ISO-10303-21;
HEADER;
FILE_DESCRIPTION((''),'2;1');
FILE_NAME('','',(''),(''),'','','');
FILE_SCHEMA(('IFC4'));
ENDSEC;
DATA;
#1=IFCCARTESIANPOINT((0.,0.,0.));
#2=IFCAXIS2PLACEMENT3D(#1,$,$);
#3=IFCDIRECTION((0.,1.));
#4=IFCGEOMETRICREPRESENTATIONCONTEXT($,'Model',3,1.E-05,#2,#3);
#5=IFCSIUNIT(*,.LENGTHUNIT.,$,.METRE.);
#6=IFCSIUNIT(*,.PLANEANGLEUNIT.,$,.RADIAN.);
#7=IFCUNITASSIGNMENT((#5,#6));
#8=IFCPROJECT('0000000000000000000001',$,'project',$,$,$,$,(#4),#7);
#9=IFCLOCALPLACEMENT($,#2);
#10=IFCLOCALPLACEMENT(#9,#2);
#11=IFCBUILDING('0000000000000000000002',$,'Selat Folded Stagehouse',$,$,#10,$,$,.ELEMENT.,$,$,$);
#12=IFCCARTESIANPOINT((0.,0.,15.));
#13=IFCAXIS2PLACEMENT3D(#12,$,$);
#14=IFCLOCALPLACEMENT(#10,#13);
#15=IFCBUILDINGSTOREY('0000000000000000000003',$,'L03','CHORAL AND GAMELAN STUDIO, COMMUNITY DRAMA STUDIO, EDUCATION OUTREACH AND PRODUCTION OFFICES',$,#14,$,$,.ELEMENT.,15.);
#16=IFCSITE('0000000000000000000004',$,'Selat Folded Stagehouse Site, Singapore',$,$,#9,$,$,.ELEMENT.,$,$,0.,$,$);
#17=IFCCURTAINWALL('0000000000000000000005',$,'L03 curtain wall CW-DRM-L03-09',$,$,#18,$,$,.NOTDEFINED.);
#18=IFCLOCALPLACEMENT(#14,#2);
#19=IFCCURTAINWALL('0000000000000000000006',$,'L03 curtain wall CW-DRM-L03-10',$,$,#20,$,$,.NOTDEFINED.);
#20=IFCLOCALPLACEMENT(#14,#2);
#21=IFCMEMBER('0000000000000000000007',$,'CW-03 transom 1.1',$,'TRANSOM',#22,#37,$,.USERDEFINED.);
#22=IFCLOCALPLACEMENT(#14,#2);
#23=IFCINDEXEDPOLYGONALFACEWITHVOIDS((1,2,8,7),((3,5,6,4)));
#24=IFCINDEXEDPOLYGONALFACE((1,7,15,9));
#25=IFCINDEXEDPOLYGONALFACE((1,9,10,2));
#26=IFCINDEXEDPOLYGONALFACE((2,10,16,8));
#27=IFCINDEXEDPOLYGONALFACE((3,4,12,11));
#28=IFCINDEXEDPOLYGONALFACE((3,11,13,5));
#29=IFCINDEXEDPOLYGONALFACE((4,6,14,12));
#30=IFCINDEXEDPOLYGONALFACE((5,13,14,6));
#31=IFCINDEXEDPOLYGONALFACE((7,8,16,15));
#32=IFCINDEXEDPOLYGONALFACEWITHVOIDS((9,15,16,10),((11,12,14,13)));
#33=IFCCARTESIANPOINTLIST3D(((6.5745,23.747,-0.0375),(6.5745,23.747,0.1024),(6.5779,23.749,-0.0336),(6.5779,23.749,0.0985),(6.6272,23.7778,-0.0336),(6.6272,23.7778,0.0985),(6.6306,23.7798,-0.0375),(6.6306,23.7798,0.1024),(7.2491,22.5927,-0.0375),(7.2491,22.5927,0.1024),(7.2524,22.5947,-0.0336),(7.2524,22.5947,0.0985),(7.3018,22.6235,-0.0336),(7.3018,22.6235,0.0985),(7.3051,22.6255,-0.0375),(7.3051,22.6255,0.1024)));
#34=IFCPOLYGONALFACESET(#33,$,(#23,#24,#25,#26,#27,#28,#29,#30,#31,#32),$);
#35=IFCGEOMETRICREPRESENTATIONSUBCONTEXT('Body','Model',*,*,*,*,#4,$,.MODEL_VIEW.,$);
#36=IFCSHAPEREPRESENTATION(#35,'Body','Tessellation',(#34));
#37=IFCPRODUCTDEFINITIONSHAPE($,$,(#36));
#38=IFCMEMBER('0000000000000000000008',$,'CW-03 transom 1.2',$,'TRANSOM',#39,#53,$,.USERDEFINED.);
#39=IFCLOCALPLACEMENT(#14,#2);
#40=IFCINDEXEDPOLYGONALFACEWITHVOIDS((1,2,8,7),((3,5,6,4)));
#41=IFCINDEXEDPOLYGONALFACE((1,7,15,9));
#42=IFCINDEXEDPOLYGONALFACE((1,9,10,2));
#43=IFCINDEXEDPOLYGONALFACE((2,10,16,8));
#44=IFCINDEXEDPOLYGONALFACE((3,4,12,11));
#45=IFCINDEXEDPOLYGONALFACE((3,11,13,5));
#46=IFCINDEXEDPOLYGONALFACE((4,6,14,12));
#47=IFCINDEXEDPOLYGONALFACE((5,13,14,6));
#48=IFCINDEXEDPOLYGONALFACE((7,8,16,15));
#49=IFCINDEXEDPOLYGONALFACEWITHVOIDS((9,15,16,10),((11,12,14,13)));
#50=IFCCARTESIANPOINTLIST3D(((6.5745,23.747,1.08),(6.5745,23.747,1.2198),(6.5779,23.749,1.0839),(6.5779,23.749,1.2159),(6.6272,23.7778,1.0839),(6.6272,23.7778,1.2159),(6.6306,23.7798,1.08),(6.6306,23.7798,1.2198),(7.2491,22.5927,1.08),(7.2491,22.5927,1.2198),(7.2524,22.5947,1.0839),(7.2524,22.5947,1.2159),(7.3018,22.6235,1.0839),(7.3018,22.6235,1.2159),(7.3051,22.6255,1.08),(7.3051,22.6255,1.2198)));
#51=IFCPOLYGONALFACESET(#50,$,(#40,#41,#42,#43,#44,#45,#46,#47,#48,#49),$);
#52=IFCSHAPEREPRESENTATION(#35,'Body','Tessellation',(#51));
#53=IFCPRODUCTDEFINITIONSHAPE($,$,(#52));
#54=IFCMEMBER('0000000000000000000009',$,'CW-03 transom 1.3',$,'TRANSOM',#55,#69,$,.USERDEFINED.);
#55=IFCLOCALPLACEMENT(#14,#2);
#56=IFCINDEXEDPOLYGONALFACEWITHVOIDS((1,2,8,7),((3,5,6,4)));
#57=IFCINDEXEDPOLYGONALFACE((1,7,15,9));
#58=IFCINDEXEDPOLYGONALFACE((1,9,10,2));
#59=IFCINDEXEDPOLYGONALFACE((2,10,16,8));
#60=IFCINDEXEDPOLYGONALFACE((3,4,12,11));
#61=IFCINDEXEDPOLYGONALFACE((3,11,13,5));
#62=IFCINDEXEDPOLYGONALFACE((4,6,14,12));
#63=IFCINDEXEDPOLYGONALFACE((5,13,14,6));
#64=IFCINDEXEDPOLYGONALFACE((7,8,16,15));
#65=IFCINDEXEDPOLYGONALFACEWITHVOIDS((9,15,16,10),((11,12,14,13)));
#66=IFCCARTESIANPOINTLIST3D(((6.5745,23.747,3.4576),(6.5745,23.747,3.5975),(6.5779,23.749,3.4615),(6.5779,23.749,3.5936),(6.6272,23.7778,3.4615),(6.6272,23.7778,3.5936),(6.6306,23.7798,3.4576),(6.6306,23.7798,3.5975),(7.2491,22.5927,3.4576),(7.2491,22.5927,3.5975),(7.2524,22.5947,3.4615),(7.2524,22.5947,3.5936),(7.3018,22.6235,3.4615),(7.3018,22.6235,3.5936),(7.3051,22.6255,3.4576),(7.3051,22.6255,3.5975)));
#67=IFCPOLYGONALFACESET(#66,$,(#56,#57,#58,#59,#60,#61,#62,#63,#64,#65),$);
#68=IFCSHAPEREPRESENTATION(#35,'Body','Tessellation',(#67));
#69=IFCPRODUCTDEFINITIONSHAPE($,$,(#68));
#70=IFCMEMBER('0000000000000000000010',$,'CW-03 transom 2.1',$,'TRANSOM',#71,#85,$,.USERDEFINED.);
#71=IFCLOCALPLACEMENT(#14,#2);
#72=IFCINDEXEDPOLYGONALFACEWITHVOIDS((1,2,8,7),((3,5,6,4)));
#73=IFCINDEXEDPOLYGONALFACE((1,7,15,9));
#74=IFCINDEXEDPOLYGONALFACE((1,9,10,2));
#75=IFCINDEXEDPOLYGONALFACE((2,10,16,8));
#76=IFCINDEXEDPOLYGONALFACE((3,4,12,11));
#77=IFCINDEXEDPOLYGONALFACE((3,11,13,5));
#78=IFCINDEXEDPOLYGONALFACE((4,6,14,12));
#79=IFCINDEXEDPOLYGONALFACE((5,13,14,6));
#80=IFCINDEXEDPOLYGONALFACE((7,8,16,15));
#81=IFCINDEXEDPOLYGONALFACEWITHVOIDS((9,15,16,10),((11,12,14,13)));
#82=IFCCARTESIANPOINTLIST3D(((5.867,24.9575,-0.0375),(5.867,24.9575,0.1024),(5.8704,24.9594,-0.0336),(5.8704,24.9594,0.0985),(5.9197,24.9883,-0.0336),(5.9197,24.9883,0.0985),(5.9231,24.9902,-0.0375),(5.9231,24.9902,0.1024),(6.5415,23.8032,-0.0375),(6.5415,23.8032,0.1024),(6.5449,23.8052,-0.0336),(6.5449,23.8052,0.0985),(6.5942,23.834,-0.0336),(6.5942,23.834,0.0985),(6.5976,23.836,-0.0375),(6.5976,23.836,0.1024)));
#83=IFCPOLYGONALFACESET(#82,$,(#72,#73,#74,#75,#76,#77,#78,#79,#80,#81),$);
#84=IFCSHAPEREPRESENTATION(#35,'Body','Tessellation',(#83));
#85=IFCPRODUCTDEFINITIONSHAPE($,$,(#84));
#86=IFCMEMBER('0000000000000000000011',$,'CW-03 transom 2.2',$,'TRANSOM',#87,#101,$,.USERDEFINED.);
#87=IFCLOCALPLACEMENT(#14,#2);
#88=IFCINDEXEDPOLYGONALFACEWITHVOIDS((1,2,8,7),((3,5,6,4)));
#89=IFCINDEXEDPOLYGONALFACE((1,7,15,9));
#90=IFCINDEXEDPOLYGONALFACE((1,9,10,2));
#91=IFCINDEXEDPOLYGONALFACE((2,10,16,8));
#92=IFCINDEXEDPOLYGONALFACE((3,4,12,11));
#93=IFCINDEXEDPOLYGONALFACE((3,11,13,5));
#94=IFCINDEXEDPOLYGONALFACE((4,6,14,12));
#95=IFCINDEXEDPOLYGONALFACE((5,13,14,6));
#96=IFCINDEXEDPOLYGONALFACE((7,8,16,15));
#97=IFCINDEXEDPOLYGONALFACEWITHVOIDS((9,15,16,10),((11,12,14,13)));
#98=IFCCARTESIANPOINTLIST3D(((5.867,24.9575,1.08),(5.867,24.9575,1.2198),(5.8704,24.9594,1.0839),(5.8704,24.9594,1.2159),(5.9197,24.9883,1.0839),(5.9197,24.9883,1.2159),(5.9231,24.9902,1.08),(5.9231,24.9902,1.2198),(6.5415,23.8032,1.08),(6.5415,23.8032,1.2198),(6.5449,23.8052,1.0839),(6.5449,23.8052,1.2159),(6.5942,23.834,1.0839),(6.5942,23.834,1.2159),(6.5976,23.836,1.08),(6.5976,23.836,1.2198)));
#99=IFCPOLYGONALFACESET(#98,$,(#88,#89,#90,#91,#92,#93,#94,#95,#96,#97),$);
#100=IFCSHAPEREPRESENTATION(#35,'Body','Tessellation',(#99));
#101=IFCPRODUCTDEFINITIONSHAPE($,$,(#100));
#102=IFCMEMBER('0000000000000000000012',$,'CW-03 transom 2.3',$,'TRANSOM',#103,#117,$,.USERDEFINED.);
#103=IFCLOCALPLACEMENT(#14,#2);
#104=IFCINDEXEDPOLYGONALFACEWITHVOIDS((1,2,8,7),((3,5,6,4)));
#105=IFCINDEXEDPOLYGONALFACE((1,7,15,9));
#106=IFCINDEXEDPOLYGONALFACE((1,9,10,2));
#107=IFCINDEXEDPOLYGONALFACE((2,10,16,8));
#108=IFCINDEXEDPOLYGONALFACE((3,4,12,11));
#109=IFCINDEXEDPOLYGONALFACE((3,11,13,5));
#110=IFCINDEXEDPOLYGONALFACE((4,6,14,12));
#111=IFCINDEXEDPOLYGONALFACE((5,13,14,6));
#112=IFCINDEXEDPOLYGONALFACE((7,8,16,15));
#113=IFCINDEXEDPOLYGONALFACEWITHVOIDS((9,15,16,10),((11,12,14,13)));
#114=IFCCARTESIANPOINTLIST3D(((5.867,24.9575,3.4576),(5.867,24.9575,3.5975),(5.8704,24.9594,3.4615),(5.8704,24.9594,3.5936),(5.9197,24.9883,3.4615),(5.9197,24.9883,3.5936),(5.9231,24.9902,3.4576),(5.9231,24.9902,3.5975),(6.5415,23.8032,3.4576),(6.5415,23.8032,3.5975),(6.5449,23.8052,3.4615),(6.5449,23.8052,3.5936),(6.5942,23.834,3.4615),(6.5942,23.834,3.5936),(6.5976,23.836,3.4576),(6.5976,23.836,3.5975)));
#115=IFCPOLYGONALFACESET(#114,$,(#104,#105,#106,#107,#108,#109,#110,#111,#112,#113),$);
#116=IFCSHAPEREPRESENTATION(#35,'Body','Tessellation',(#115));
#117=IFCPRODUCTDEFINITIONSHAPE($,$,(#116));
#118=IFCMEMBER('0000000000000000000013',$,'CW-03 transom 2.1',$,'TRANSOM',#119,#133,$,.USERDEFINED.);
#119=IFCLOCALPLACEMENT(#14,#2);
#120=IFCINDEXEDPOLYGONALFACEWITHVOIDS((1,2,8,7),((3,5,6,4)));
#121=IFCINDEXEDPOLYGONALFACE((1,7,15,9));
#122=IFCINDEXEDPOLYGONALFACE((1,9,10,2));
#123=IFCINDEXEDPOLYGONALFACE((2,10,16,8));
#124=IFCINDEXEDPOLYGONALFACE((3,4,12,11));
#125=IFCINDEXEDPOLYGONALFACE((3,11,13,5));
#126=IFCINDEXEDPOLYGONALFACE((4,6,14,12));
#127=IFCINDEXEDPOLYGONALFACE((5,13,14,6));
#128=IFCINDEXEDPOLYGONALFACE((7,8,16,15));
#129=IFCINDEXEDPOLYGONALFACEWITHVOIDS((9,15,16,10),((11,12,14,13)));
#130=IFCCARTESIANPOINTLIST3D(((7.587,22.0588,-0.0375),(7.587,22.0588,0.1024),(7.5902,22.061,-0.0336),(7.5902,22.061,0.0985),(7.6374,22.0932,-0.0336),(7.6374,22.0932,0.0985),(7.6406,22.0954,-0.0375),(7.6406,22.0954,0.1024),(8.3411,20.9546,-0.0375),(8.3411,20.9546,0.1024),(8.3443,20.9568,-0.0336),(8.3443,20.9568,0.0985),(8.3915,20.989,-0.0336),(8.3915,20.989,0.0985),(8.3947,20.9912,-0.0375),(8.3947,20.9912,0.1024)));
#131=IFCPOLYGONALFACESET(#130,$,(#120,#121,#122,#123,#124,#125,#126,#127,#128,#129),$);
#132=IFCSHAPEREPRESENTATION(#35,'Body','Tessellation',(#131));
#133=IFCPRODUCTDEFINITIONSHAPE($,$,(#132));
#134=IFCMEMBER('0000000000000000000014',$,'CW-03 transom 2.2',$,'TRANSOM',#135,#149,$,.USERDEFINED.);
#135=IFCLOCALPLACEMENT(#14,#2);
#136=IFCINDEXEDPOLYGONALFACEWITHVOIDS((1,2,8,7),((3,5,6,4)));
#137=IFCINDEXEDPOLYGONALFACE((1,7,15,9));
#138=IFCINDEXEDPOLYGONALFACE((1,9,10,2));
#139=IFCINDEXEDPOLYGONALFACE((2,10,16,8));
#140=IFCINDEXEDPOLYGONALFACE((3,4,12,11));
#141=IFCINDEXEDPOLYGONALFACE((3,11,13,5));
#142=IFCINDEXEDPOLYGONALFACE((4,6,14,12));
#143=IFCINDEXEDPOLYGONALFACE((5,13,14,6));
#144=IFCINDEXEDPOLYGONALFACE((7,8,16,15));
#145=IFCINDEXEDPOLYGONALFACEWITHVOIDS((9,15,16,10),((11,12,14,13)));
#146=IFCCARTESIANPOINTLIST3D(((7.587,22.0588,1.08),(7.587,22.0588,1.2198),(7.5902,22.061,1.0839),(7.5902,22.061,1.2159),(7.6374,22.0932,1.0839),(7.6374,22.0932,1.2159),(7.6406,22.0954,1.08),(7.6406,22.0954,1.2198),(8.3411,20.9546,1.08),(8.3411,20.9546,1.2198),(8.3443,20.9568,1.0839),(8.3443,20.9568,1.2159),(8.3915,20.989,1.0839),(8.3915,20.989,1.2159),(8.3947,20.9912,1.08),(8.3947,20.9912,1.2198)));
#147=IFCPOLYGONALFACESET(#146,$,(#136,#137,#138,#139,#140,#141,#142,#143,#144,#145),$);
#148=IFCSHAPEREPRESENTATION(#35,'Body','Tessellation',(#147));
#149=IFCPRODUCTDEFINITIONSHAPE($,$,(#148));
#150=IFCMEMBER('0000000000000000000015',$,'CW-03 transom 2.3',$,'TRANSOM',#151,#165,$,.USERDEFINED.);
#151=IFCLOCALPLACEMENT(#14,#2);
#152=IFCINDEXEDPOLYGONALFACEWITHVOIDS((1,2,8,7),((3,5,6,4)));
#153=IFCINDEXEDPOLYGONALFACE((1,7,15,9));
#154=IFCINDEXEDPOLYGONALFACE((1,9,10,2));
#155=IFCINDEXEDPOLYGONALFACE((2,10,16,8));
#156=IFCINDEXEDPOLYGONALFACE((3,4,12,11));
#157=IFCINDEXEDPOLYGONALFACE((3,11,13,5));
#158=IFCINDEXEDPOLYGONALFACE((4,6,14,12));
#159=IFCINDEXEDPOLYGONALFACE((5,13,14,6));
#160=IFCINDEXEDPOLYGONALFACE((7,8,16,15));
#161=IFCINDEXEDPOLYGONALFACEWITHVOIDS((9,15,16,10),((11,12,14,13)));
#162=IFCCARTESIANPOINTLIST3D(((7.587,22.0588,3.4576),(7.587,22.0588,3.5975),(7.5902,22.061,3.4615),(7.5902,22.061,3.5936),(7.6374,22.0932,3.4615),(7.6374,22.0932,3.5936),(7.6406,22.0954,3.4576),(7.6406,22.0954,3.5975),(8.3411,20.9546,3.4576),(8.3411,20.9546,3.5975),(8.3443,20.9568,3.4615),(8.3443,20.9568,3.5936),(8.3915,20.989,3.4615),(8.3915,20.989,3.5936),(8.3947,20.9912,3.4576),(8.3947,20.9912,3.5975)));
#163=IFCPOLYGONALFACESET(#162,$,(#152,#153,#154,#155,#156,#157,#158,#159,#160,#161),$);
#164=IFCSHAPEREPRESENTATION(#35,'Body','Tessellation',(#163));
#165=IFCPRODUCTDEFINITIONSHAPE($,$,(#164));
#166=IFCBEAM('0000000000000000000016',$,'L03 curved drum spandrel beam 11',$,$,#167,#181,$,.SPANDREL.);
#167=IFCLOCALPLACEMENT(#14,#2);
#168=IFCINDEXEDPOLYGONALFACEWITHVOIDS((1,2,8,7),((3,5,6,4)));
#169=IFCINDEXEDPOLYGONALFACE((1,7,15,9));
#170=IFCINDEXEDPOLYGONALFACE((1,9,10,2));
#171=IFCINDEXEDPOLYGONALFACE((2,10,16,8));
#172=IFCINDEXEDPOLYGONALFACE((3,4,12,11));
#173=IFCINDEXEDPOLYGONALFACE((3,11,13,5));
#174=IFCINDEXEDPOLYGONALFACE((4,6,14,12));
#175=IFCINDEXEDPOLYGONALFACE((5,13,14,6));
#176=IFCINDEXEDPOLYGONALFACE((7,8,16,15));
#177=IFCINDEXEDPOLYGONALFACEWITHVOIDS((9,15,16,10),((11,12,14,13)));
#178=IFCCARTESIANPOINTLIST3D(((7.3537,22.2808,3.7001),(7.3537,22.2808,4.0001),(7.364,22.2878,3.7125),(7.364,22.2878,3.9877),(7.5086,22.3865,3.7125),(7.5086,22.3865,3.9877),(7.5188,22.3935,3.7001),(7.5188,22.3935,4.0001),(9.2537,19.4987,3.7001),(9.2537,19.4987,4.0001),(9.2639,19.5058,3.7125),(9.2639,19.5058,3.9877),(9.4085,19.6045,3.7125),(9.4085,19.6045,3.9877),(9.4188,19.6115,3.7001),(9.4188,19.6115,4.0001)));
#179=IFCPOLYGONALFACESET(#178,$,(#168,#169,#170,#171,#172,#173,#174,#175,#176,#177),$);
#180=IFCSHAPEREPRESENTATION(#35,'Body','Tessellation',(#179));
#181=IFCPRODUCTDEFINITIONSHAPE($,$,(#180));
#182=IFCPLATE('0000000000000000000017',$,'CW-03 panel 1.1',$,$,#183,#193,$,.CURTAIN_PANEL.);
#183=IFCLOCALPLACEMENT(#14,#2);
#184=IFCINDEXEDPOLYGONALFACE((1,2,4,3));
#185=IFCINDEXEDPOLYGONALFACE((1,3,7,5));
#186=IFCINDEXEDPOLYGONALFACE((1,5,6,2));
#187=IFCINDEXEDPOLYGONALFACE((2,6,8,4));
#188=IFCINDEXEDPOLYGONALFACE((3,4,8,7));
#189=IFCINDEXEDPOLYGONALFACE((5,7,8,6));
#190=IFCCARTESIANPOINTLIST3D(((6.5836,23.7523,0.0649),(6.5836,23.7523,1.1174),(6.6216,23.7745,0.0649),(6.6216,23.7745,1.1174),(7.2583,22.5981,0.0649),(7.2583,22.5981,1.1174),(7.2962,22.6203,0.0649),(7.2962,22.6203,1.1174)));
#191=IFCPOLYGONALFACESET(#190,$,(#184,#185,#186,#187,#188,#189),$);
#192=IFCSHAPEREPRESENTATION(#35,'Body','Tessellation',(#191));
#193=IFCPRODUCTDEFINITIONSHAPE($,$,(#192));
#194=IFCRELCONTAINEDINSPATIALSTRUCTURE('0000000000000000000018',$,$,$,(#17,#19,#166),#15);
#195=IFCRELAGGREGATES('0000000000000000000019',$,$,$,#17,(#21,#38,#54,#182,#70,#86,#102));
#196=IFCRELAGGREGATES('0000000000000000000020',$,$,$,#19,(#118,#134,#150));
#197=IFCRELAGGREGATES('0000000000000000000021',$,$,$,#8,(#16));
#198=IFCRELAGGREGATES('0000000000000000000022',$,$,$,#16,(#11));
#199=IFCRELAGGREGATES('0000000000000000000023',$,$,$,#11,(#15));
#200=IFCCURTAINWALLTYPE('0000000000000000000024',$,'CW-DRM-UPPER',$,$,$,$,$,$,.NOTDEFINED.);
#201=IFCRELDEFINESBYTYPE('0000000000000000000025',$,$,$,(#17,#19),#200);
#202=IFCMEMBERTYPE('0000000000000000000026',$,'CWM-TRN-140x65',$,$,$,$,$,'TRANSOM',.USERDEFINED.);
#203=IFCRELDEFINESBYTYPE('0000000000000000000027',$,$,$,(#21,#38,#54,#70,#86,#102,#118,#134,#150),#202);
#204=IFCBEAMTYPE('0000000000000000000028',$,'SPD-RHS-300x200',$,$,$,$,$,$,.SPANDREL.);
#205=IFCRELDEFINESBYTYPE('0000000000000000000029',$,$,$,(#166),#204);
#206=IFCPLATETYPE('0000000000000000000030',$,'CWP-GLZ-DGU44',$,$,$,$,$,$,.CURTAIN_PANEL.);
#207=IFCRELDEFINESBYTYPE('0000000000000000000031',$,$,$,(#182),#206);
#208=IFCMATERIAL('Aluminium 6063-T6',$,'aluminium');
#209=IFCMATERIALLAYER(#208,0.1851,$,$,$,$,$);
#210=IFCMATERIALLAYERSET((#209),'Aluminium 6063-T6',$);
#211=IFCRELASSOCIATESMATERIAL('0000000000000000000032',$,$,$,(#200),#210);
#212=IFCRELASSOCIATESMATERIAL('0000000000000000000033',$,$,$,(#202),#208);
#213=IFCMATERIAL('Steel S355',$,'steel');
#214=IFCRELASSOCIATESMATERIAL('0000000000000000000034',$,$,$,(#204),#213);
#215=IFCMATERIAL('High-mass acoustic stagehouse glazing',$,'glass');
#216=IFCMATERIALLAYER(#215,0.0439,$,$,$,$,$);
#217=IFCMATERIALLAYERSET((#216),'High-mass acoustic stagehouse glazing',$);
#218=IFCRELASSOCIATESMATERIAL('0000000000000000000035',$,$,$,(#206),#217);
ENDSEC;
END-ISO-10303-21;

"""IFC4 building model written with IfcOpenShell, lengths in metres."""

from ifc_helpers import new_model, si_unit, direction, frame, origin, origin_2d, place, context, subcontext, project, spatial, rectangle, hollow_rectangle, extrude, material, layer, layer_set, material_profile, profile_set, type_object, element, aggregate, save


model = new_model("IFC4")

# Units and contexts
model_context = context("Model", 3, precision=1e-05, world=origin(), true_north=direction((0.0, 1.0)))
body_context = subcontext(model_context, "Body", "Model", "MODEL_VIEW")
ifc_project = project(units=[si_unit("LENGTHUNIT", "METRE"), si_unit("PLANEANGLEUNIT", "RADIAN")], contexts=[model_context])

# Site, building, storey
site_placement = place(None, origin())
site = spatial("IfcSite", under=ifc_project, at=site_placement, Name="Selat Folded Stagehouse Site, Singapore", CompositionType="ELEMENT", RefElevation=0.0)
building_placement = place(site_placement, origin())
building = spatial("IfcBuilding", under=site, at=building_placement, Name="Selat Folded Stagehouse", CompositionType="ELEMENT")
storey_placement = place(building_placement, frame((0.0, 0.0, 15.0)))
storey = spatial("IfcBuildingStorey", under=building, at=storey_placement, Name="L03", Description="CHORAL AND GAMELAN STUDIO, COMMUNITY DRAMA STUDIO, EDUCATION OUTREACH AND PRODUCTION OFFICES", CompositionType="ELEMENT", Elevation=15.0)

# Shared definitions
ifc_material_1 = material(Name="Steel S355", Category="steel")

# Curtain walls
ifc_material_2 = material(Name="Aluminium 6063-T6", Category="aluminium")
ifc_layer_1 = layer(ifc_material_2, 0.1851)
ifc_layer_set_1 = layer_set([ifc_layer_1], Name="Aluminium 6063-T6")
curtain_wall_type = type_object("IfcCurtainWallType", Name="CW-DRM-UPPER", PredefinedType="NOTDEFINED", material=ifc_layer_set_1)
curtain_wall_1_placement = place(storey_placement, origin())
curtain_wall_1 = element("IfcCurtainWall", 1, at=curtain_wall_1_placement, inside=storey, type_object=curtain_wall_type, Name="L03 curtain wall CW-DRM-L03-09", PredefinedType="NOTDEFINED")
curtain_wall_2_placement = place(storey_placement, origin())
curtain_wall_2 = element("IfcCurtainWall", 2, at=curtain_wall_2_placement, inside=storey, type_object=curtain_wall_type, Name="L03 curtain wall CW-DRM-L03-10", PredefinedType="NOTDEFINED")

# Members
ifc_material_profile_1 = material_profile(ifc_material_2, hollow_rectangle(XDim=0.0649, YDim=0.1399, WallThickness=0.0039, at=origin_2d()), Name="ALU 140x65x4.0")
ifc_profile_set_1 = profile_set([ifc_material_profile_1], Name="Aluminium 6063-T6")
member_type_1 = type_object("IfcMemberType", Name="CWM-TRN-140x65", ElementType="TRANSOM", PredefinedType="USERDEFINED", material=ifc_profile_set_1)
member_1_placement = place(storey_placement, frame((7.2771, 22.6091, 0.0325), z_axis=(-0.504552, 0.863381, 0.0), x_axis=(-0.863381, -0.504552, 0.0)))
member_1 = element("IfcMember", 3, at=member_1_placement, type_object=member_type_1, Name="CW-03 transom 1.1", ObjectType="TRANSOM", PredefinedType="USERDEFINED", context=body_context, shape_type="SweptSolid", body=[
    extrude(hollow_rectangle(XDim=0.0649, YDim=0.1399, WallThickness=0.0039, at=origin_2d()), origin(), (0.0, 0.0, 1.0), 1.3369),
])
member_2_placement = place(storey_placement, frame((7.2771, 22.6091, 1.1499), z_axis=(-0.504552, 0.863381, 0.0), x_axis=(-0.863381, -0.504552, 0.0)))
member_2 = element("IfcMember", 4, at=member_2_placement, type_object=member_type_1, Name="CW-03 transom 1.2", ObjectType="TRANSOM", PredefinedType="USERDEFINED", context=body_context, shape_type="SweptSolid", body=[
    extrude(hollow_rectangle(XDim=0.0649, YDim=0.1399, WallThickness=0.0039, at=origin_2d()), origin(), (0.0, 0.0, 1.0), 1.3369),
])
member_3_placement = place(storey_placement, frame((7.2771, 22.6091, 3.5276), z_axis=(-0.504552, 0.863381, 0.0), x_axis=(-0.863381, -0.504552, 0.0)))
member_3 = element("IfcMember", 5, at=member_3_placement, type_object=member_type_1, Name="CW-03 transom 1.3", ObjectType="TRANSOM", PredefinedType="USERDEFINED", context=body_context, shape_type="SweptSolid", body=[
    extrude(hollow_rectangle(XDim=0.0649, YDim=0.1399, WallThickness=0.0039, at=origin_2d()), origin(), (0.0, 0.0, 1.0), 1.3369),
])
member_4_placement = place(storey_placement, frame((6.5696, 23.8196, 0.0325), z_axis=(-0.504552, 0.863381, 0.0), x_axis=(-0.863381, -0.504552, 0.0)))
member_4 = element("IfcMember", 6, at=member_4_placement, type_object=member_type_1, Name="CW-03 transom 2.1", ObjectType="TRANSOM", PredefinedType="USERDEFINED", context=body_context, shape_type="SweptSolid", body=[
    extrude(hollow_rectangle(XDim=0.0649, YDim=0.1399, WallThickness=0.0039, at=origin_2d()), origin(), (0.0, 0.0, 1.0), 1.3369),
])
member_5_placement = place(storey_placement, frame((6.5696, 23.8196, 1.1499), z_axis=(-0.504552, 0.863381, 0.0), x_axis=(-0.863381, -0.504552, 0.0)))
member_5 = element("IfcMember", 7, at=member_5_placement, type_object=member_type_1, Name="CW-03 transom 2.2", ObjectType="TRANSOM", PredefinedType="USERDEFINED", context=body_context, shape_type="SweptSolid", body=[
    extrude(hollow_rectangle(XDim=0.0649, YDim=0.1399, WallThickness=0.0039, at=origin_2d()), origin(), (0.0, 0.0, 1.0), 1.3369),
])
member_6_placement = place(storey_placement, frame((6.5696, 23.8196, 3.5276), z_axis=(-0.504552, 0.863381, 0.0), x_axis=(-0.863381, -0.504552, 0.0)))
member_6 = element("IfcMember", 8, at=member_6_placement, type_object=member_type_1, Name="CW-03 transom 2.3", ObjectType="TRANSOM", PredefinedType="USERDEFINED", context=body_context, shape_type="SweptSolid", body=[
    extrude(hollow_rectangle(XDim=0.0649, YDim=0.1399, WallThickness=0.0039, at=origin_2d()), origin(), (0.0, 0.0, 1.0), 1.3369),
])
member_7_placement = place(storey_placement, frame((8.3679, 20.9729, 0.0325), z_axis=(-0.563977, 0.825791, 0.0), x_axis=(-0.825791, -0.563977, 0.0)))
member_7 = element("IfcMember", 9, at=member_7_placement, type_object=member_type_1, Name="CW-03 transom 2.1", ObjectType="TRANSOM", PredefinedType="USERDEFINED", context=body_context, shape_type="SweptSolid", body=[
    extrude(hollow_rectangle(XDim=0.0649, YDim=0.1399, WallThickness=0.0039, at=origin_2d()), origin(), (0.0, 0.0, 1.0), 1.3372),
])
member_8_placement = place(storey_placement, frame((8.3679, 20.9729, 1.1499), z_axis=(-0.563977, 0.825791, 0.0), x_axis=(-0.825791, -0.563977, 0.0)))
member_8 = element("IfcMember", 10, at=member_8_placement, type_object=member_type_1, Name="CW-03 transom 2.2", ObjectType="TRANSOM", PredefinedType="USERDEFINED", context=body_context, shape_type="SweptSolid", body=[
    extrude(hollow_rectangle(XDim=0.0649, YDim=0.1399, WallThickness=0.0039, at=origin_2d()), origin(), (0.0, 0.0, 1.0), 1.3372),
])
member_9_placement = place(storey_placement, frame((8.3679, 20.9729, 3.5276), z_axis=(-0.563977, 0.825791, 0.0), x_axis=(-0.825791, -0.563977, 0.0)))
member_9 = element("IfcMember", 11, at=member_9_placement, type_object=member_type_1, Name="CW-03 transom 2.3", ObjectType="TRANSOM", PredefinedType="USERDEFINED", context=body_context, shape_type="SweptSolid", body=[
    extrude(hollow_rectangle(XDim=0.0649, YDim=0.1399, WallThickness=0.0039, at=origin_2d()), origin(), (0.0, 0.0, 1.0), 1.3372),
])

# Beam
ifc_material_profile_2 = material_profile(ifc_material_1, hollow_rectangle(XDim=0.2, YDim=0.3, WallThickness=0.0125, at=origin_2d()), Name="RHS 300x200x12.5")
ifc_profile_set_2 = profile_set([ifc_material_profile_2], Name="Steel S355")
beam_type_1 = type_object("IfcBeamType", Name="SPD-RHS-300x200", PredefinedType="SPANDREL", material=ifc_profile_set_2)
beam_1_placement = place(storey_placement, frame((7.4363, 22.3372, 3.8501), z_axis=(0.563964, -0.825799, 0.0), x_axis=(0.825799, 0.563964, 0.0)))
element("IfcBeam", 12, at=beam_1_placement, inside=storey, type_object=beam_type_1, Name="L03 curved drum spandrel beam 11", PredefinedType="SPANDREL", context=body_context, shape_type="SweptSolid", body=[
    extrude(hollow_rectangle(XDim=0.2, YDim=0.3, WallThickness=0.0125, at=origin_2d()), origin(), (0.0, 0.0, 1.0), 3.3689),
])

# Plate
ifc_material_3 = material(Name="High-mass acoustic stagehouse glazing", Category="glass")
ifc_layer_2 = layer(ifc_material_3, 0.0439)
ifc_layer_set_2 = layer_set([ifc_layer_2], Name="High-mass acoustic stagehouse glazing")
plate_type = type_object("IfcPlateType", Name="CWP-GLZ-DGU44", PredefinedType="CURTAIN_PANEL", material=ifc_layer_set_2)
plate_1_placement = place(storey_placement, frame((6.9399, 23.1863, 0.0649), z_axis=(0.0, 0.0, 1.0), x_axis=(-0.504636, 0.863332, 0.0)))
plate_1 = element("IfcPlate", 13, at=plate_1_placement, type_object=plate_type, Name="CW-03 panel 1.1", PredefinedType="CURTAIN_PANEL", context=body_context, shape_type="SweptSolid", body=[
    extrude(rectangle(XDim=1.3369, YDim=0.0439, at=origin_2d()), origin(), (0.0, 0.0, 1.0), 1.0525),
])
aggregate(curtain_wall_1, [member_1, member_2, member_3, plate_1, member_4, member_5, member_6])
aggregate(curtain_wall_2, [member_7, member_8, member_9])

save(model, "model.ifc")
